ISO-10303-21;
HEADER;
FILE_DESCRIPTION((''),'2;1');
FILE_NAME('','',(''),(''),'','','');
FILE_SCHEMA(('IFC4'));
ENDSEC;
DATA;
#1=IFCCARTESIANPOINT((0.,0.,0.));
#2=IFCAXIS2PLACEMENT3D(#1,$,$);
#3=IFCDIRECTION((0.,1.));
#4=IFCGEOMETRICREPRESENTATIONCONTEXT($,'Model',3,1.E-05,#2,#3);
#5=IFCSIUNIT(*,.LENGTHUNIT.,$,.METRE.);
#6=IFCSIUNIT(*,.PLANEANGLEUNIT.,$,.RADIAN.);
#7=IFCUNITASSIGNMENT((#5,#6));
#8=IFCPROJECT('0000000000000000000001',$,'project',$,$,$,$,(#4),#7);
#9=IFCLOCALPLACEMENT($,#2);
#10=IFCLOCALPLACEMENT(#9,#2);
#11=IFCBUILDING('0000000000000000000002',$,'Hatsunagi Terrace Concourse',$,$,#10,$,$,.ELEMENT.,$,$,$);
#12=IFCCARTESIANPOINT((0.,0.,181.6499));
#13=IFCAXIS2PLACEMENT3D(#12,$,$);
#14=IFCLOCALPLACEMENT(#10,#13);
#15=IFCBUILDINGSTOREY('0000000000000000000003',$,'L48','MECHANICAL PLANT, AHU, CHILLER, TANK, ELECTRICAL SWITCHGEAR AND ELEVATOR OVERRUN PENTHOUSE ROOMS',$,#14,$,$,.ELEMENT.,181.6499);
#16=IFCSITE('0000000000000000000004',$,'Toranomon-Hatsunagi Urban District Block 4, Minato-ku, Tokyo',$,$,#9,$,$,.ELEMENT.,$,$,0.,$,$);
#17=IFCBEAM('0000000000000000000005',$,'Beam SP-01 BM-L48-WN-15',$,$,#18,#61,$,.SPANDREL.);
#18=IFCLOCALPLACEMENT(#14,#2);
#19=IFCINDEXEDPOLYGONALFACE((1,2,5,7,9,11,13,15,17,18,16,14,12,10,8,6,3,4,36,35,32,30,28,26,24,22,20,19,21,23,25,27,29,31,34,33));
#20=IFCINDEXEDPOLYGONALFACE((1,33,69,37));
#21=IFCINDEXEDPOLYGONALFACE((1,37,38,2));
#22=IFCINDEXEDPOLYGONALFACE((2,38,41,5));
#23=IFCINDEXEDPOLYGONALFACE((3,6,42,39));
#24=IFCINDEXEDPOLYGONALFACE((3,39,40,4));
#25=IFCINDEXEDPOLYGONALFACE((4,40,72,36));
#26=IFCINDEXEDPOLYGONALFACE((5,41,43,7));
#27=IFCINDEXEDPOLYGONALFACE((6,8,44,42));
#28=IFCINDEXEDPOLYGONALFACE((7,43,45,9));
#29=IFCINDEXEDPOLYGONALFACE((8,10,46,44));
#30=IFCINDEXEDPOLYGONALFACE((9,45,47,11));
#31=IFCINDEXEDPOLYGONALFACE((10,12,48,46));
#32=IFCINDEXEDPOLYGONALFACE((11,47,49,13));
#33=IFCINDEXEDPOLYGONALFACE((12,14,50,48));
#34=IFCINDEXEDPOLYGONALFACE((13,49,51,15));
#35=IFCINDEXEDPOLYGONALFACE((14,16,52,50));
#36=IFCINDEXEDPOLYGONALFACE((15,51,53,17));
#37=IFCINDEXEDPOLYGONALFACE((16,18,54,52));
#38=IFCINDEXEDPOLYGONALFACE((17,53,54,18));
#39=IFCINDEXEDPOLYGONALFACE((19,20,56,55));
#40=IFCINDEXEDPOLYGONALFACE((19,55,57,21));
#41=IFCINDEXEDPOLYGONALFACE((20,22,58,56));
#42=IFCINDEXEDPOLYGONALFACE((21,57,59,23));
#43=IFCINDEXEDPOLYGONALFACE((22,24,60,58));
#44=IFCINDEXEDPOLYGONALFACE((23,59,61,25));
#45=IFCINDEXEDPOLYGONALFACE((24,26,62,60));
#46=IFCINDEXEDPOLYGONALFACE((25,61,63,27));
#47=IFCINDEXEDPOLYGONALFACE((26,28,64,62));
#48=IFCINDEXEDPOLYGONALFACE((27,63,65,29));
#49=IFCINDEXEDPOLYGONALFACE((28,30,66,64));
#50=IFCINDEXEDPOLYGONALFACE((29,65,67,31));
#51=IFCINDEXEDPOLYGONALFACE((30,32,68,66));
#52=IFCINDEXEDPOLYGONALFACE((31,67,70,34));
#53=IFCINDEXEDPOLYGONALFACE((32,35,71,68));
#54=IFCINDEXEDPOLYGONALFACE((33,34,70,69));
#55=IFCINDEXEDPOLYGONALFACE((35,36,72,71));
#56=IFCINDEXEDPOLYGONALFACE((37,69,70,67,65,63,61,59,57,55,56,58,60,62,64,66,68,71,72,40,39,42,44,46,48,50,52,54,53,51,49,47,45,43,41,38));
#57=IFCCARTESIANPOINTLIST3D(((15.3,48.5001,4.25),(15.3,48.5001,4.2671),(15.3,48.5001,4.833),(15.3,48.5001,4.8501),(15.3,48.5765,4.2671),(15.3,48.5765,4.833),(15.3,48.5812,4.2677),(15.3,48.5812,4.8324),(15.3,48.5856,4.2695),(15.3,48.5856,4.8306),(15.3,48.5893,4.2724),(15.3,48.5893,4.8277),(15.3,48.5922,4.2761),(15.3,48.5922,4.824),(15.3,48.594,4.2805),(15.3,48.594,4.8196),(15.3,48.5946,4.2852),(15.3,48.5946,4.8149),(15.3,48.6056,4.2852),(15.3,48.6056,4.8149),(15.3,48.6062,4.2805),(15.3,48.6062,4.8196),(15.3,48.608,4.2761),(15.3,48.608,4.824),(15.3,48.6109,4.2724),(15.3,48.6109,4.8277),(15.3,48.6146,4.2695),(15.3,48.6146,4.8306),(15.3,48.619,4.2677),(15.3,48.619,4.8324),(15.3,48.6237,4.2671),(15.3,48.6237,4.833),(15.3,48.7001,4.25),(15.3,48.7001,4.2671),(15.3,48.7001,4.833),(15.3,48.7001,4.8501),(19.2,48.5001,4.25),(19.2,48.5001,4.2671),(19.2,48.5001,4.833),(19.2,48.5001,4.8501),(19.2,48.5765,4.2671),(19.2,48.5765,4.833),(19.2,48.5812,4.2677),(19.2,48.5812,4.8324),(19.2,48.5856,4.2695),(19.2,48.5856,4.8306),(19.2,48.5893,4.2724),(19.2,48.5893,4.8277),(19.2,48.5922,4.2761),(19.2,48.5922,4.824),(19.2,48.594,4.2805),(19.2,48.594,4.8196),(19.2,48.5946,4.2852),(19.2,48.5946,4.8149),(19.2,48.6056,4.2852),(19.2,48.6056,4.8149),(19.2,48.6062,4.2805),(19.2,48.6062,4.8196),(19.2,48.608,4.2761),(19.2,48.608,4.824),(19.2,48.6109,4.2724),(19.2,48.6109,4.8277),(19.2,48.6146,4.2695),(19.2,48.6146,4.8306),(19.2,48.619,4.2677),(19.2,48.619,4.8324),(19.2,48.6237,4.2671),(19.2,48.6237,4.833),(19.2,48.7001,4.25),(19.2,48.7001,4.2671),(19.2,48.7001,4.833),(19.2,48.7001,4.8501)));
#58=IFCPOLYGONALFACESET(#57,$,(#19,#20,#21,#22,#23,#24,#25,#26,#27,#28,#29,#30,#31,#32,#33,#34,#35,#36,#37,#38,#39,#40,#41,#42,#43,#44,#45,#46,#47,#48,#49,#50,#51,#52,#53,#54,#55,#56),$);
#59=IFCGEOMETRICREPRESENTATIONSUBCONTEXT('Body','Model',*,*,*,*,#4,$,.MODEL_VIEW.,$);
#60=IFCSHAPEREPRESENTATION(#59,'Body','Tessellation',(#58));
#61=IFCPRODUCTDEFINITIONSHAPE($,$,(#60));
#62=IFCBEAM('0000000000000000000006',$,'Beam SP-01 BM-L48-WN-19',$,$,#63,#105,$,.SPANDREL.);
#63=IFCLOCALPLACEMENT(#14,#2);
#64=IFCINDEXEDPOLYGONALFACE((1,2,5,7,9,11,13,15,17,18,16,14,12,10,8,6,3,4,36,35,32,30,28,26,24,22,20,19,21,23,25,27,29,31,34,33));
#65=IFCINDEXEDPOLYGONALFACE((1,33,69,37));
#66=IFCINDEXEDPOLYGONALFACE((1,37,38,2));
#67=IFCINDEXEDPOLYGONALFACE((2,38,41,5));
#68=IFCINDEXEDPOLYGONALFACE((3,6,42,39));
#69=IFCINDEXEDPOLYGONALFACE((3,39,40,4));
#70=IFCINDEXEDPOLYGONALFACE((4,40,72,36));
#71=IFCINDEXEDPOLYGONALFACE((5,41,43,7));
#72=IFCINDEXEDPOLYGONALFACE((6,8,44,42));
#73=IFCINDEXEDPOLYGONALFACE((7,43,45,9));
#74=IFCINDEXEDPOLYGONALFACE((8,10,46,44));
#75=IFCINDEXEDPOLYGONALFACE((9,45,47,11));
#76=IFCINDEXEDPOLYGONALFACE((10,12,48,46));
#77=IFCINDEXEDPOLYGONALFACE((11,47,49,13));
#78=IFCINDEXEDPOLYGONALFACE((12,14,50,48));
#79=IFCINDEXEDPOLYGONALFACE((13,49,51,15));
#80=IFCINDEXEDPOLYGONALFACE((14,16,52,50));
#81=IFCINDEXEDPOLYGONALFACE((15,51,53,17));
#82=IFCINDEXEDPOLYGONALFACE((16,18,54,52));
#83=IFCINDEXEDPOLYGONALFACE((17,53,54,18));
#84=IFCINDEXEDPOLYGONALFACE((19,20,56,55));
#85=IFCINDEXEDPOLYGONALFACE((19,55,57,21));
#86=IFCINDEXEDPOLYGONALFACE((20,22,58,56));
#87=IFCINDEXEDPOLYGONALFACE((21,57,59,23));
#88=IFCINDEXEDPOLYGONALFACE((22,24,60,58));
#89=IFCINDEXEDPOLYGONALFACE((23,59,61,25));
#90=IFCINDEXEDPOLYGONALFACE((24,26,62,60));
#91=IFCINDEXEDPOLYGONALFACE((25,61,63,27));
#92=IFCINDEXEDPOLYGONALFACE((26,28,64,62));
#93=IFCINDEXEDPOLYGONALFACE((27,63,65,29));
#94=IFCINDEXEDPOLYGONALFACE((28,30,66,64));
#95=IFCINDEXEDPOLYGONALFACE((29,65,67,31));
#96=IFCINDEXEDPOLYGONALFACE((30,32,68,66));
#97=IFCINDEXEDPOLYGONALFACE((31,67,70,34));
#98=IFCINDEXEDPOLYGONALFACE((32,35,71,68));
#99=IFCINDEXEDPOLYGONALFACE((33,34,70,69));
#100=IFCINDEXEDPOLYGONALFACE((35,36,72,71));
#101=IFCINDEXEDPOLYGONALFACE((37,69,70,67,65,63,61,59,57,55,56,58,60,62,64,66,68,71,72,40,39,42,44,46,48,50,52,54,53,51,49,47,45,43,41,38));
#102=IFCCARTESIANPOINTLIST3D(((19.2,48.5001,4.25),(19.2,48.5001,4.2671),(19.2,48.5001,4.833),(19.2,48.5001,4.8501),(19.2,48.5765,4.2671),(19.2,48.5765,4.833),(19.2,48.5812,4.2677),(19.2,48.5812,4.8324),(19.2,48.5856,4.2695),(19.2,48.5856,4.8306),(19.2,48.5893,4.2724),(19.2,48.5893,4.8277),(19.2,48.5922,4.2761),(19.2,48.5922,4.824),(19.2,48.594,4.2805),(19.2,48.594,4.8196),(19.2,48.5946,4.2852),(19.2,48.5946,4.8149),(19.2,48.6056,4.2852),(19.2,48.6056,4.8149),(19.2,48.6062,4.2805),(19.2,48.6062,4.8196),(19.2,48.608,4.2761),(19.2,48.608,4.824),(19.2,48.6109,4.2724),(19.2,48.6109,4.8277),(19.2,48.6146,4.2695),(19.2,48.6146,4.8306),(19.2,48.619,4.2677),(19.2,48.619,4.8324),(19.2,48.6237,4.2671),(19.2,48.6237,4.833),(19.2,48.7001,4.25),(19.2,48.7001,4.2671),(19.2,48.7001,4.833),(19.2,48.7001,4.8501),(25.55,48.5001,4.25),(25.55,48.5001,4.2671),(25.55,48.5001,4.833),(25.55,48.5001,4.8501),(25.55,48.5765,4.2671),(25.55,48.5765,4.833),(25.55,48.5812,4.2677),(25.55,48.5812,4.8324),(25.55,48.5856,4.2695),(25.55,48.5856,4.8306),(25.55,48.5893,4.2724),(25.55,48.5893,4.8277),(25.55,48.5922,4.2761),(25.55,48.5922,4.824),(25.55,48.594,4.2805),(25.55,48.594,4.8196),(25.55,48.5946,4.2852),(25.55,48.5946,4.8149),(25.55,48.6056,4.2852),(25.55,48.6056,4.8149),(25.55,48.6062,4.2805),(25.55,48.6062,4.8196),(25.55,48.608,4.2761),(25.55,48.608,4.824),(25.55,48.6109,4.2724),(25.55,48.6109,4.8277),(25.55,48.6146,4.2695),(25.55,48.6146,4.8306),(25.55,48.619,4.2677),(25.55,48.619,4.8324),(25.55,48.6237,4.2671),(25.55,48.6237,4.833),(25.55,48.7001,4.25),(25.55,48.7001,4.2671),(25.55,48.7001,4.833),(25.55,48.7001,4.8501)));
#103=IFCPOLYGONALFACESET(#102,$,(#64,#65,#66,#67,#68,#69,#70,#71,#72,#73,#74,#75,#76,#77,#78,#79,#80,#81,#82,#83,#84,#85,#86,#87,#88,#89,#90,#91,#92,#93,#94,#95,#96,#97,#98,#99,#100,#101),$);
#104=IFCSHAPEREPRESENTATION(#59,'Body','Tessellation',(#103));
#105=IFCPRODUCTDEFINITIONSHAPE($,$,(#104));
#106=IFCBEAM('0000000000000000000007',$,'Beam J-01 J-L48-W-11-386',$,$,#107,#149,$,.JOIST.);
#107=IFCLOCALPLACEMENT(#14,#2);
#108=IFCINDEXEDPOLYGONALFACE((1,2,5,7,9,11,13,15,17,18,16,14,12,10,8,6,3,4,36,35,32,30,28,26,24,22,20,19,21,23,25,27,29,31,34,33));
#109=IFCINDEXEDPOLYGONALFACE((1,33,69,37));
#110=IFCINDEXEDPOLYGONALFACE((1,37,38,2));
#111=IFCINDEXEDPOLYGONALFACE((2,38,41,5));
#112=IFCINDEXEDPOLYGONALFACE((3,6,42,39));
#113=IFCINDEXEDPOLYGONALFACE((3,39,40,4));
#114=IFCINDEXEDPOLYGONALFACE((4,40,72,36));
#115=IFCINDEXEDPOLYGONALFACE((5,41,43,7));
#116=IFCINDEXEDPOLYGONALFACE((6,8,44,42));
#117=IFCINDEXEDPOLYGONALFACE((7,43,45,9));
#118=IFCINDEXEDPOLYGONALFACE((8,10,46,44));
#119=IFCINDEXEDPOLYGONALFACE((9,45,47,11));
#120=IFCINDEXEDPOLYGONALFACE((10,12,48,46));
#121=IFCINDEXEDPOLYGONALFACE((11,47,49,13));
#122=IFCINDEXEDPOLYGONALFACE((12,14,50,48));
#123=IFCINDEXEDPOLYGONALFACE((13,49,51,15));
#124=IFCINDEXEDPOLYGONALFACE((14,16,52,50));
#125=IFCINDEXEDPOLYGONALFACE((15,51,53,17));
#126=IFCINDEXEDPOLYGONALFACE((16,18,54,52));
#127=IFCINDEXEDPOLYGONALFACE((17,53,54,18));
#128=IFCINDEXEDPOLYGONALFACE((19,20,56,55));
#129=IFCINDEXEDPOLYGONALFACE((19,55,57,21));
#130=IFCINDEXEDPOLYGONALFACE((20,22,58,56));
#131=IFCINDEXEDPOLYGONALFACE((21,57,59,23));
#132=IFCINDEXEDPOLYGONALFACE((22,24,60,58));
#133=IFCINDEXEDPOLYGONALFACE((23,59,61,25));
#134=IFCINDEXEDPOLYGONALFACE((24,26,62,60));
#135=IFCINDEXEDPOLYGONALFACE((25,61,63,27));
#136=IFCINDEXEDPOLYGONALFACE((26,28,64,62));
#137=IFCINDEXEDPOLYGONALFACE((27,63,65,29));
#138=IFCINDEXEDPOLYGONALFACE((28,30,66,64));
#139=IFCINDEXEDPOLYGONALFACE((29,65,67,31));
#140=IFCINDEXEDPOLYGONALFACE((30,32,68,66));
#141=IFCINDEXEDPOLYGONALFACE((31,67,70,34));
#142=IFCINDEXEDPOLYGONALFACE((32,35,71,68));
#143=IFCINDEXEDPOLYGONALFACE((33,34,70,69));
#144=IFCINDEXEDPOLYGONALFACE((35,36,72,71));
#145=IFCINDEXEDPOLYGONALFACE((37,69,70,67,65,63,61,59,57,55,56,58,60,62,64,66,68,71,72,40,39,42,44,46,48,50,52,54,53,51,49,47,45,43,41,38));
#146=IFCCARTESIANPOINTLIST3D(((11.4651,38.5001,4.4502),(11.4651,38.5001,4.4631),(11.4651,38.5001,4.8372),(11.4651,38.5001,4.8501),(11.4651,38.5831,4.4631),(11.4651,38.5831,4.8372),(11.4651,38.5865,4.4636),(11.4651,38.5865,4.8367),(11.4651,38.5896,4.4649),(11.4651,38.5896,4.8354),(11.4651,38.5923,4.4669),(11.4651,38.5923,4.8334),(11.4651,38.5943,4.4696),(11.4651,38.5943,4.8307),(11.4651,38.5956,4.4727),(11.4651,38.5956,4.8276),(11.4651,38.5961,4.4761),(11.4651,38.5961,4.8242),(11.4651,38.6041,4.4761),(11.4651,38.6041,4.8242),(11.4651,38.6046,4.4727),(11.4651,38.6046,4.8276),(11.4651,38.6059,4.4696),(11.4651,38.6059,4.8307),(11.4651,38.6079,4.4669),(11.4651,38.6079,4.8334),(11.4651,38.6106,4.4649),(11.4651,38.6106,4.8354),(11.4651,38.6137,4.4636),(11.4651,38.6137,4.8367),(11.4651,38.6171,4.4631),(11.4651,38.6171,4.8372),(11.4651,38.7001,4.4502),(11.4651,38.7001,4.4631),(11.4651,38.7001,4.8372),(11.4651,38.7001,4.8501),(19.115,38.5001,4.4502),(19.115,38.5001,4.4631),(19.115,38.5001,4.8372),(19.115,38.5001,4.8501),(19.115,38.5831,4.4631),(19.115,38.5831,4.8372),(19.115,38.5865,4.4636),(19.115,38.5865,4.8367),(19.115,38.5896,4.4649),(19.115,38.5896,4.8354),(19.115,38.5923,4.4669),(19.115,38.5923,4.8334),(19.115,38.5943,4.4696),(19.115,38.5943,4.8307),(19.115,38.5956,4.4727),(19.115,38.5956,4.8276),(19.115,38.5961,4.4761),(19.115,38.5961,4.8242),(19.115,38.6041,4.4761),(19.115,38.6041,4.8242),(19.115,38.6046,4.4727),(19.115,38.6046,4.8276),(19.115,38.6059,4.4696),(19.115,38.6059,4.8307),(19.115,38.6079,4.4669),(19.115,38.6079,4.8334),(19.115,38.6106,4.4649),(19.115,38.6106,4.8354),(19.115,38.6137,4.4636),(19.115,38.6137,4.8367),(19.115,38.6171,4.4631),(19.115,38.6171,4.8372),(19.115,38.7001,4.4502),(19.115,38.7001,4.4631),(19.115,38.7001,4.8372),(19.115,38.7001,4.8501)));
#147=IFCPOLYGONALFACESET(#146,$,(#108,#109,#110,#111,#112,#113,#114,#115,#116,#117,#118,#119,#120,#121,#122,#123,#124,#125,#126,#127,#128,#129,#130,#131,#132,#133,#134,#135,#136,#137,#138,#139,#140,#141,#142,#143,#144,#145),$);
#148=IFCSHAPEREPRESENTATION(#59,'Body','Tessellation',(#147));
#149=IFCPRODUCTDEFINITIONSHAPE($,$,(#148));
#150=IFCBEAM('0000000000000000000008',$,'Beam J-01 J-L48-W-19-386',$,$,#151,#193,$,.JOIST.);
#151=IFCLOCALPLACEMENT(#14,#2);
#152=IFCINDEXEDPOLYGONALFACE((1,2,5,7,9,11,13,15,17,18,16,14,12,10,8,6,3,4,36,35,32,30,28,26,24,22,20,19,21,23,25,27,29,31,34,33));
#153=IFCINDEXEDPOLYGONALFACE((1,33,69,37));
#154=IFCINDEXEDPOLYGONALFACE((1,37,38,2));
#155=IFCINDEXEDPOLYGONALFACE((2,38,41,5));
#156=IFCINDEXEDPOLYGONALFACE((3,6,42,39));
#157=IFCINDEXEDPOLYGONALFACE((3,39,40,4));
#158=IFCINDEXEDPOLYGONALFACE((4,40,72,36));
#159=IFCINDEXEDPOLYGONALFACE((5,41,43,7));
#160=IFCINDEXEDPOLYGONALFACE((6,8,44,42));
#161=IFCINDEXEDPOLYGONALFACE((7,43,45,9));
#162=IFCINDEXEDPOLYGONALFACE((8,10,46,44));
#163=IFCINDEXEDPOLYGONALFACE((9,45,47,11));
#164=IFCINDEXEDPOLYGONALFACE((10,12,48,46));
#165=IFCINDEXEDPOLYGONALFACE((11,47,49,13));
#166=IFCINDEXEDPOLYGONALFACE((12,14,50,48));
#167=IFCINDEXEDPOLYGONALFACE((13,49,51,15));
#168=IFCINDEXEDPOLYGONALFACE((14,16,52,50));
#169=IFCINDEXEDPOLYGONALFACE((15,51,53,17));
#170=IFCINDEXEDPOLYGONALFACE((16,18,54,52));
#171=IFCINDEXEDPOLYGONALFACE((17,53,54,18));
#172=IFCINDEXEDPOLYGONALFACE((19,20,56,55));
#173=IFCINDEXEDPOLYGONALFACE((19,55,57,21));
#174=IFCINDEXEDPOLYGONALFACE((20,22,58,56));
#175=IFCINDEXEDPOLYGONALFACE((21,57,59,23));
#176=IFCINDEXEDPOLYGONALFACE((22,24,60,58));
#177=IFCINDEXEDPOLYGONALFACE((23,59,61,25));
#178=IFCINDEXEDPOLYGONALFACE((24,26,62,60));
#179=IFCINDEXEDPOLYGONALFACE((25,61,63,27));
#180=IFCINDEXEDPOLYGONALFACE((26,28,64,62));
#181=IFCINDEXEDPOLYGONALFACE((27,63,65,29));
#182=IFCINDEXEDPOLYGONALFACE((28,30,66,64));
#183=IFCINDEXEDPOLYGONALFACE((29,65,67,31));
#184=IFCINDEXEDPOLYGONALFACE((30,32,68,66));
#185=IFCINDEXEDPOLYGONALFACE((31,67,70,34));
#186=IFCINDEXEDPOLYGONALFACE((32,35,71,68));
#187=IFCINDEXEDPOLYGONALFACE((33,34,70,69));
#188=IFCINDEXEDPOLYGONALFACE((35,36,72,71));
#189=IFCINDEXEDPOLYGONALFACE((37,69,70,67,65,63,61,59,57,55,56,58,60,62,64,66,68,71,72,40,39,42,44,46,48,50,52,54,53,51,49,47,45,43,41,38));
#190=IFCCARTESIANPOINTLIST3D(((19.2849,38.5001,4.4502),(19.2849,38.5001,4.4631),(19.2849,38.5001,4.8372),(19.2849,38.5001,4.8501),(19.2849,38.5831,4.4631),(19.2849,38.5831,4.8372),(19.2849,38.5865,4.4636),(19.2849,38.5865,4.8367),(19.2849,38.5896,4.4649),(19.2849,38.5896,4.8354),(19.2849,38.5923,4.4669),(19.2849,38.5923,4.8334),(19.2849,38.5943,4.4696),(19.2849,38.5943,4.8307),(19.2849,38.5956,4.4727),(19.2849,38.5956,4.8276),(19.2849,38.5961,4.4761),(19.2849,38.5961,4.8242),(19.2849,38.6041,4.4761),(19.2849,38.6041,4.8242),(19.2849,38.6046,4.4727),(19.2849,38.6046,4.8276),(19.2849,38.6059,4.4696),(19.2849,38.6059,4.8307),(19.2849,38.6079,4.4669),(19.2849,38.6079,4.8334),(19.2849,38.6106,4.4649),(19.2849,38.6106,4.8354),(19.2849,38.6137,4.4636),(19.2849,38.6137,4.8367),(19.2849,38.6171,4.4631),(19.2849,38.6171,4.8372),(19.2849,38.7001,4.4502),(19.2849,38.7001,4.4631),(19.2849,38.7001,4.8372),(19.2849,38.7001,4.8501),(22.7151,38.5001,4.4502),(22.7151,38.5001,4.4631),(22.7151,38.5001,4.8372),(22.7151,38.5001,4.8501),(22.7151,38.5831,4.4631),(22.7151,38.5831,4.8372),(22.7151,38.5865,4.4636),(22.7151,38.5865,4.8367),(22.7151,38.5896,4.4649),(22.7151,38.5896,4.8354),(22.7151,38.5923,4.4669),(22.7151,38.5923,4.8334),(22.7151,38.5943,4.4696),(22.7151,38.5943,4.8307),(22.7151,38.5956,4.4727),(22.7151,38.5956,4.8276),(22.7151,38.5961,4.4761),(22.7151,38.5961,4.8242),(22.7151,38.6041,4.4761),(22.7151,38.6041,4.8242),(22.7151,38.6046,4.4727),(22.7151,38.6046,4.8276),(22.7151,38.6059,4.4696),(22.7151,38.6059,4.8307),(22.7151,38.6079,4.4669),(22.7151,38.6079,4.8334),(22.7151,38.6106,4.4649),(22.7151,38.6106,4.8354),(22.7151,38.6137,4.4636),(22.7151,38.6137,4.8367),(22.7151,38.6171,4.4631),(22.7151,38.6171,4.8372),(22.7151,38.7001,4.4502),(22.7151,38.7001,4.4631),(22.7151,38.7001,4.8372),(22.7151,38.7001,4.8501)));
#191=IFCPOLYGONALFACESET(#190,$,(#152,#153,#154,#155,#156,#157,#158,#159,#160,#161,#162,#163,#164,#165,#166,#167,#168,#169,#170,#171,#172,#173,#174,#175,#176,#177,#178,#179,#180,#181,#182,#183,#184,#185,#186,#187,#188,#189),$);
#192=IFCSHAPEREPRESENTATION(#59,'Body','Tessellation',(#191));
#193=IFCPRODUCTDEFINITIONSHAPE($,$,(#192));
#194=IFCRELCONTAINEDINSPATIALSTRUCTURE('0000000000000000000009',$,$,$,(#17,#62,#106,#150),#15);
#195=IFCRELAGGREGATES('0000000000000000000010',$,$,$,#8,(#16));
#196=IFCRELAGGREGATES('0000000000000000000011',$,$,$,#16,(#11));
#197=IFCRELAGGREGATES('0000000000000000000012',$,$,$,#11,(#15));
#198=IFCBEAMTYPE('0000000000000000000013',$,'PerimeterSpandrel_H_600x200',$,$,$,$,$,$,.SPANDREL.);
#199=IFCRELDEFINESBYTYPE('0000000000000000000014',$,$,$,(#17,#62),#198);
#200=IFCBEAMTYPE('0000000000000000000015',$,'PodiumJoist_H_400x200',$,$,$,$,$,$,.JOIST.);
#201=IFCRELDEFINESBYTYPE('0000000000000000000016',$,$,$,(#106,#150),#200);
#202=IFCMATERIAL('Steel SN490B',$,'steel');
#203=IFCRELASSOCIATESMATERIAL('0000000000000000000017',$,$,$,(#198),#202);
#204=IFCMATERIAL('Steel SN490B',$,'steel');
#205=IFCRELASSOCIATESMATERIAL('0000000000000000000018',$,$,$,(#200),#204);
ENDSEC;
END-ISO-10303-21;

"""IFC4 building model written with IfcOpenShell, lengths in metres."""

from ifc_helpers import new_model, si_unit, direction, frame, origin, origin_2d, place, context, subcontext, project, spatial, i_section, extrude, material, material_profile, profile_set, type_object, element, save


model = new_model("IFC4")

# Units and contexts
model_context = context("Model", 3, precision=1e-05, world=origin(), true_north=direction((0.0, 1.0)))
body_context = subcontext(model_context, "Body", "Model", "MODEL_VIEW")
ifc_project = project(units=[si_unit("LENGTHUNIT", "METRE"), si_unit("PLANEANGLEUNIT", "RADIAN")], contexts=[model_context])

# Site, building, storey
site_placement = place(None, origin())
site = spatial("IfcSite", under=ifc_project, at=site_placement, Name="Toranomon-Hatsunagi Urban District Block 4, Minato-ku, Tokyo", CompositionType="ELEMENT", RefElevation=0.0)
building_placement = place(site_placement, origin())
building = spatial("IfcBuilding", under=site, at=building_placement, Name="Hatsunagi Terrace Concourse", CompositionType="ELEMENT")
storey_placement = place(building_placement, frame((0.0, 0.0, 181.6499)))
storey = spatial("IfcBuildingStorey", under=building, at=storey_placement, Name="L48", Description="MECHANICAL PLANT, AHU, CHILLER, TANK, ELECTRICAL SWITCHGEAR AND ELEVATOR OVERRUN PENTHOUSE ROOMS", CompositionType="ELEMENT", Elevation=181.6499)

# Beams
ifc_material_1 = material(Name="Steel SN490B", Category="steel")
ifc_material_profile_1 = material_profile(ifc_material_1, i_section(OverallWidth=0.2, OverallDepth=0.6001, WebThickness=0.011, FlangeThickness=0.0171, FilletRadius=0.0181, at=origin_2d()), Name="H-600x200x11x17")
ifc_profile_set_1 = profile_set([ifc_material_profile_1], Name="Steel SN490B")
beam_type_1 = type_object("IfcBeamType", Name="PerimeterSpandrel_H_600x200", PredefinedType="SPANDREL", material=ifc_profile_set_1)
beam_1_placement = place(storey_placement, frame((15.3, 48.6001, 4.55), z_axis=(1.0, 0.0, 0.0), x_axis=(0.0, 1.0, 0.0)))
element("IfcBeam", 1, at=beam_1_placement, inside=storey, type_object=beam_type_1, Name="Beam SP-01 BM-L48-WN-15", PredefinedType="SPANDREL", context=body_context, shape_type="SweptSolid", body=[
    extrude(i_section(OverallWidth=0.2, OverallDepth=0.6001, WebThickness=0.011, FlangeThickness=0.0171, FilletRadius=0.0181, at=origin_2d()), origin(), (0.0, 0.0, 1.0), 3.8999),
])
beam_2_placement = place(storey_placement, frame((19.2, 48.6001, 4.55), z_axis=(1.0, 0.0, 0.0), x_axis=(0.0, 1.0, 0.0)))
element("IfcBeam", 2, at=beam_2_placement, inside=storey, type_object=beam_type_1, Name="Beam SP-01 BM-L48-WN-19", PredefinedType="SPANDREL", context=body_context, shape_type="SweptSolid", body=[
    extrude(i_section(OverallWidth=0.2, OverallDepth=0.6001, WebThickness=0.011, FlangeThickness=0.0171, FilletRadius=0.0181, at=origin_2d()), origin(), (0.0, 0.0, 1.0), 6.3501),
])
ifc_material_2 = material(Name="Steel SN490B", Category="steel")
ifc_material_profile_2 = material_profile(ifc_material_2, i_section(OverallWidth=0.2, OverallDepth=0.3999, WebThickness=0.0081, FlangeThickness=0.0129, FilletRadius=0.0129, at=origin_2d()), Name="H-400x200x8x13")
ifc_profile_set_2 = profile_set([ifc_material_profile_2], Name="Steel SN490B")
beam_type_2 = type_object("IfcBeamType", Name="PodiumJoist_H_400x200", PredefinedType="JOIST", material=ifc_profile_set_2)
beam_3_placement = place(storey_placement, frame((11.4651, 38.6001, 4.6501), z_axis=(1.0, 0.0, 0.0), x_axis=(0.0, 1.0, 0.0)))
element("IfcBeam", 3, at=beam_3_placement, inside=storey, type_object=beam_type_2, Name="Beam J-01 J-L48-W-11-386", PredefinedType="JOIST", context=body_context, shape_type="SweptSolid", body=[
    extrude(i_section(OverallWidth=0.2, OverallDepth=0.3999, WebThickness=0.0081, FlangeThickness=0.0129, FilletRadius=0.0129, at=origin_2d()), origin(), (0.0, 0.0, 1.0), 7.6499),
])
beam_4_placement = place(storey_placement, frame((19.2849, 38.6001, 4.6501), z_axis=(1.0, 0.0, 0.0), x_axis=(0.0, 1.0, 0.0)))
element("IfcBeam", 4, at=beam_4_placement, inside=storey, type_object=beam_type_2, Name="Beam J-01 J-L48-W-19-386", PredefinedType="JOIST", context=body_context, shape_type="SweptSolid", body=[
    extrude(i_section(OverallWidth=0.2, OverallDepth=0.3999, WebThickness=0.0081, FlangeThickness=0.0129, FilletRadius=0.0129, at=origin_2d()), origin(), (0.0, 0.0, 1.0), 3.4302),
])

save(model, "model.ifc")
